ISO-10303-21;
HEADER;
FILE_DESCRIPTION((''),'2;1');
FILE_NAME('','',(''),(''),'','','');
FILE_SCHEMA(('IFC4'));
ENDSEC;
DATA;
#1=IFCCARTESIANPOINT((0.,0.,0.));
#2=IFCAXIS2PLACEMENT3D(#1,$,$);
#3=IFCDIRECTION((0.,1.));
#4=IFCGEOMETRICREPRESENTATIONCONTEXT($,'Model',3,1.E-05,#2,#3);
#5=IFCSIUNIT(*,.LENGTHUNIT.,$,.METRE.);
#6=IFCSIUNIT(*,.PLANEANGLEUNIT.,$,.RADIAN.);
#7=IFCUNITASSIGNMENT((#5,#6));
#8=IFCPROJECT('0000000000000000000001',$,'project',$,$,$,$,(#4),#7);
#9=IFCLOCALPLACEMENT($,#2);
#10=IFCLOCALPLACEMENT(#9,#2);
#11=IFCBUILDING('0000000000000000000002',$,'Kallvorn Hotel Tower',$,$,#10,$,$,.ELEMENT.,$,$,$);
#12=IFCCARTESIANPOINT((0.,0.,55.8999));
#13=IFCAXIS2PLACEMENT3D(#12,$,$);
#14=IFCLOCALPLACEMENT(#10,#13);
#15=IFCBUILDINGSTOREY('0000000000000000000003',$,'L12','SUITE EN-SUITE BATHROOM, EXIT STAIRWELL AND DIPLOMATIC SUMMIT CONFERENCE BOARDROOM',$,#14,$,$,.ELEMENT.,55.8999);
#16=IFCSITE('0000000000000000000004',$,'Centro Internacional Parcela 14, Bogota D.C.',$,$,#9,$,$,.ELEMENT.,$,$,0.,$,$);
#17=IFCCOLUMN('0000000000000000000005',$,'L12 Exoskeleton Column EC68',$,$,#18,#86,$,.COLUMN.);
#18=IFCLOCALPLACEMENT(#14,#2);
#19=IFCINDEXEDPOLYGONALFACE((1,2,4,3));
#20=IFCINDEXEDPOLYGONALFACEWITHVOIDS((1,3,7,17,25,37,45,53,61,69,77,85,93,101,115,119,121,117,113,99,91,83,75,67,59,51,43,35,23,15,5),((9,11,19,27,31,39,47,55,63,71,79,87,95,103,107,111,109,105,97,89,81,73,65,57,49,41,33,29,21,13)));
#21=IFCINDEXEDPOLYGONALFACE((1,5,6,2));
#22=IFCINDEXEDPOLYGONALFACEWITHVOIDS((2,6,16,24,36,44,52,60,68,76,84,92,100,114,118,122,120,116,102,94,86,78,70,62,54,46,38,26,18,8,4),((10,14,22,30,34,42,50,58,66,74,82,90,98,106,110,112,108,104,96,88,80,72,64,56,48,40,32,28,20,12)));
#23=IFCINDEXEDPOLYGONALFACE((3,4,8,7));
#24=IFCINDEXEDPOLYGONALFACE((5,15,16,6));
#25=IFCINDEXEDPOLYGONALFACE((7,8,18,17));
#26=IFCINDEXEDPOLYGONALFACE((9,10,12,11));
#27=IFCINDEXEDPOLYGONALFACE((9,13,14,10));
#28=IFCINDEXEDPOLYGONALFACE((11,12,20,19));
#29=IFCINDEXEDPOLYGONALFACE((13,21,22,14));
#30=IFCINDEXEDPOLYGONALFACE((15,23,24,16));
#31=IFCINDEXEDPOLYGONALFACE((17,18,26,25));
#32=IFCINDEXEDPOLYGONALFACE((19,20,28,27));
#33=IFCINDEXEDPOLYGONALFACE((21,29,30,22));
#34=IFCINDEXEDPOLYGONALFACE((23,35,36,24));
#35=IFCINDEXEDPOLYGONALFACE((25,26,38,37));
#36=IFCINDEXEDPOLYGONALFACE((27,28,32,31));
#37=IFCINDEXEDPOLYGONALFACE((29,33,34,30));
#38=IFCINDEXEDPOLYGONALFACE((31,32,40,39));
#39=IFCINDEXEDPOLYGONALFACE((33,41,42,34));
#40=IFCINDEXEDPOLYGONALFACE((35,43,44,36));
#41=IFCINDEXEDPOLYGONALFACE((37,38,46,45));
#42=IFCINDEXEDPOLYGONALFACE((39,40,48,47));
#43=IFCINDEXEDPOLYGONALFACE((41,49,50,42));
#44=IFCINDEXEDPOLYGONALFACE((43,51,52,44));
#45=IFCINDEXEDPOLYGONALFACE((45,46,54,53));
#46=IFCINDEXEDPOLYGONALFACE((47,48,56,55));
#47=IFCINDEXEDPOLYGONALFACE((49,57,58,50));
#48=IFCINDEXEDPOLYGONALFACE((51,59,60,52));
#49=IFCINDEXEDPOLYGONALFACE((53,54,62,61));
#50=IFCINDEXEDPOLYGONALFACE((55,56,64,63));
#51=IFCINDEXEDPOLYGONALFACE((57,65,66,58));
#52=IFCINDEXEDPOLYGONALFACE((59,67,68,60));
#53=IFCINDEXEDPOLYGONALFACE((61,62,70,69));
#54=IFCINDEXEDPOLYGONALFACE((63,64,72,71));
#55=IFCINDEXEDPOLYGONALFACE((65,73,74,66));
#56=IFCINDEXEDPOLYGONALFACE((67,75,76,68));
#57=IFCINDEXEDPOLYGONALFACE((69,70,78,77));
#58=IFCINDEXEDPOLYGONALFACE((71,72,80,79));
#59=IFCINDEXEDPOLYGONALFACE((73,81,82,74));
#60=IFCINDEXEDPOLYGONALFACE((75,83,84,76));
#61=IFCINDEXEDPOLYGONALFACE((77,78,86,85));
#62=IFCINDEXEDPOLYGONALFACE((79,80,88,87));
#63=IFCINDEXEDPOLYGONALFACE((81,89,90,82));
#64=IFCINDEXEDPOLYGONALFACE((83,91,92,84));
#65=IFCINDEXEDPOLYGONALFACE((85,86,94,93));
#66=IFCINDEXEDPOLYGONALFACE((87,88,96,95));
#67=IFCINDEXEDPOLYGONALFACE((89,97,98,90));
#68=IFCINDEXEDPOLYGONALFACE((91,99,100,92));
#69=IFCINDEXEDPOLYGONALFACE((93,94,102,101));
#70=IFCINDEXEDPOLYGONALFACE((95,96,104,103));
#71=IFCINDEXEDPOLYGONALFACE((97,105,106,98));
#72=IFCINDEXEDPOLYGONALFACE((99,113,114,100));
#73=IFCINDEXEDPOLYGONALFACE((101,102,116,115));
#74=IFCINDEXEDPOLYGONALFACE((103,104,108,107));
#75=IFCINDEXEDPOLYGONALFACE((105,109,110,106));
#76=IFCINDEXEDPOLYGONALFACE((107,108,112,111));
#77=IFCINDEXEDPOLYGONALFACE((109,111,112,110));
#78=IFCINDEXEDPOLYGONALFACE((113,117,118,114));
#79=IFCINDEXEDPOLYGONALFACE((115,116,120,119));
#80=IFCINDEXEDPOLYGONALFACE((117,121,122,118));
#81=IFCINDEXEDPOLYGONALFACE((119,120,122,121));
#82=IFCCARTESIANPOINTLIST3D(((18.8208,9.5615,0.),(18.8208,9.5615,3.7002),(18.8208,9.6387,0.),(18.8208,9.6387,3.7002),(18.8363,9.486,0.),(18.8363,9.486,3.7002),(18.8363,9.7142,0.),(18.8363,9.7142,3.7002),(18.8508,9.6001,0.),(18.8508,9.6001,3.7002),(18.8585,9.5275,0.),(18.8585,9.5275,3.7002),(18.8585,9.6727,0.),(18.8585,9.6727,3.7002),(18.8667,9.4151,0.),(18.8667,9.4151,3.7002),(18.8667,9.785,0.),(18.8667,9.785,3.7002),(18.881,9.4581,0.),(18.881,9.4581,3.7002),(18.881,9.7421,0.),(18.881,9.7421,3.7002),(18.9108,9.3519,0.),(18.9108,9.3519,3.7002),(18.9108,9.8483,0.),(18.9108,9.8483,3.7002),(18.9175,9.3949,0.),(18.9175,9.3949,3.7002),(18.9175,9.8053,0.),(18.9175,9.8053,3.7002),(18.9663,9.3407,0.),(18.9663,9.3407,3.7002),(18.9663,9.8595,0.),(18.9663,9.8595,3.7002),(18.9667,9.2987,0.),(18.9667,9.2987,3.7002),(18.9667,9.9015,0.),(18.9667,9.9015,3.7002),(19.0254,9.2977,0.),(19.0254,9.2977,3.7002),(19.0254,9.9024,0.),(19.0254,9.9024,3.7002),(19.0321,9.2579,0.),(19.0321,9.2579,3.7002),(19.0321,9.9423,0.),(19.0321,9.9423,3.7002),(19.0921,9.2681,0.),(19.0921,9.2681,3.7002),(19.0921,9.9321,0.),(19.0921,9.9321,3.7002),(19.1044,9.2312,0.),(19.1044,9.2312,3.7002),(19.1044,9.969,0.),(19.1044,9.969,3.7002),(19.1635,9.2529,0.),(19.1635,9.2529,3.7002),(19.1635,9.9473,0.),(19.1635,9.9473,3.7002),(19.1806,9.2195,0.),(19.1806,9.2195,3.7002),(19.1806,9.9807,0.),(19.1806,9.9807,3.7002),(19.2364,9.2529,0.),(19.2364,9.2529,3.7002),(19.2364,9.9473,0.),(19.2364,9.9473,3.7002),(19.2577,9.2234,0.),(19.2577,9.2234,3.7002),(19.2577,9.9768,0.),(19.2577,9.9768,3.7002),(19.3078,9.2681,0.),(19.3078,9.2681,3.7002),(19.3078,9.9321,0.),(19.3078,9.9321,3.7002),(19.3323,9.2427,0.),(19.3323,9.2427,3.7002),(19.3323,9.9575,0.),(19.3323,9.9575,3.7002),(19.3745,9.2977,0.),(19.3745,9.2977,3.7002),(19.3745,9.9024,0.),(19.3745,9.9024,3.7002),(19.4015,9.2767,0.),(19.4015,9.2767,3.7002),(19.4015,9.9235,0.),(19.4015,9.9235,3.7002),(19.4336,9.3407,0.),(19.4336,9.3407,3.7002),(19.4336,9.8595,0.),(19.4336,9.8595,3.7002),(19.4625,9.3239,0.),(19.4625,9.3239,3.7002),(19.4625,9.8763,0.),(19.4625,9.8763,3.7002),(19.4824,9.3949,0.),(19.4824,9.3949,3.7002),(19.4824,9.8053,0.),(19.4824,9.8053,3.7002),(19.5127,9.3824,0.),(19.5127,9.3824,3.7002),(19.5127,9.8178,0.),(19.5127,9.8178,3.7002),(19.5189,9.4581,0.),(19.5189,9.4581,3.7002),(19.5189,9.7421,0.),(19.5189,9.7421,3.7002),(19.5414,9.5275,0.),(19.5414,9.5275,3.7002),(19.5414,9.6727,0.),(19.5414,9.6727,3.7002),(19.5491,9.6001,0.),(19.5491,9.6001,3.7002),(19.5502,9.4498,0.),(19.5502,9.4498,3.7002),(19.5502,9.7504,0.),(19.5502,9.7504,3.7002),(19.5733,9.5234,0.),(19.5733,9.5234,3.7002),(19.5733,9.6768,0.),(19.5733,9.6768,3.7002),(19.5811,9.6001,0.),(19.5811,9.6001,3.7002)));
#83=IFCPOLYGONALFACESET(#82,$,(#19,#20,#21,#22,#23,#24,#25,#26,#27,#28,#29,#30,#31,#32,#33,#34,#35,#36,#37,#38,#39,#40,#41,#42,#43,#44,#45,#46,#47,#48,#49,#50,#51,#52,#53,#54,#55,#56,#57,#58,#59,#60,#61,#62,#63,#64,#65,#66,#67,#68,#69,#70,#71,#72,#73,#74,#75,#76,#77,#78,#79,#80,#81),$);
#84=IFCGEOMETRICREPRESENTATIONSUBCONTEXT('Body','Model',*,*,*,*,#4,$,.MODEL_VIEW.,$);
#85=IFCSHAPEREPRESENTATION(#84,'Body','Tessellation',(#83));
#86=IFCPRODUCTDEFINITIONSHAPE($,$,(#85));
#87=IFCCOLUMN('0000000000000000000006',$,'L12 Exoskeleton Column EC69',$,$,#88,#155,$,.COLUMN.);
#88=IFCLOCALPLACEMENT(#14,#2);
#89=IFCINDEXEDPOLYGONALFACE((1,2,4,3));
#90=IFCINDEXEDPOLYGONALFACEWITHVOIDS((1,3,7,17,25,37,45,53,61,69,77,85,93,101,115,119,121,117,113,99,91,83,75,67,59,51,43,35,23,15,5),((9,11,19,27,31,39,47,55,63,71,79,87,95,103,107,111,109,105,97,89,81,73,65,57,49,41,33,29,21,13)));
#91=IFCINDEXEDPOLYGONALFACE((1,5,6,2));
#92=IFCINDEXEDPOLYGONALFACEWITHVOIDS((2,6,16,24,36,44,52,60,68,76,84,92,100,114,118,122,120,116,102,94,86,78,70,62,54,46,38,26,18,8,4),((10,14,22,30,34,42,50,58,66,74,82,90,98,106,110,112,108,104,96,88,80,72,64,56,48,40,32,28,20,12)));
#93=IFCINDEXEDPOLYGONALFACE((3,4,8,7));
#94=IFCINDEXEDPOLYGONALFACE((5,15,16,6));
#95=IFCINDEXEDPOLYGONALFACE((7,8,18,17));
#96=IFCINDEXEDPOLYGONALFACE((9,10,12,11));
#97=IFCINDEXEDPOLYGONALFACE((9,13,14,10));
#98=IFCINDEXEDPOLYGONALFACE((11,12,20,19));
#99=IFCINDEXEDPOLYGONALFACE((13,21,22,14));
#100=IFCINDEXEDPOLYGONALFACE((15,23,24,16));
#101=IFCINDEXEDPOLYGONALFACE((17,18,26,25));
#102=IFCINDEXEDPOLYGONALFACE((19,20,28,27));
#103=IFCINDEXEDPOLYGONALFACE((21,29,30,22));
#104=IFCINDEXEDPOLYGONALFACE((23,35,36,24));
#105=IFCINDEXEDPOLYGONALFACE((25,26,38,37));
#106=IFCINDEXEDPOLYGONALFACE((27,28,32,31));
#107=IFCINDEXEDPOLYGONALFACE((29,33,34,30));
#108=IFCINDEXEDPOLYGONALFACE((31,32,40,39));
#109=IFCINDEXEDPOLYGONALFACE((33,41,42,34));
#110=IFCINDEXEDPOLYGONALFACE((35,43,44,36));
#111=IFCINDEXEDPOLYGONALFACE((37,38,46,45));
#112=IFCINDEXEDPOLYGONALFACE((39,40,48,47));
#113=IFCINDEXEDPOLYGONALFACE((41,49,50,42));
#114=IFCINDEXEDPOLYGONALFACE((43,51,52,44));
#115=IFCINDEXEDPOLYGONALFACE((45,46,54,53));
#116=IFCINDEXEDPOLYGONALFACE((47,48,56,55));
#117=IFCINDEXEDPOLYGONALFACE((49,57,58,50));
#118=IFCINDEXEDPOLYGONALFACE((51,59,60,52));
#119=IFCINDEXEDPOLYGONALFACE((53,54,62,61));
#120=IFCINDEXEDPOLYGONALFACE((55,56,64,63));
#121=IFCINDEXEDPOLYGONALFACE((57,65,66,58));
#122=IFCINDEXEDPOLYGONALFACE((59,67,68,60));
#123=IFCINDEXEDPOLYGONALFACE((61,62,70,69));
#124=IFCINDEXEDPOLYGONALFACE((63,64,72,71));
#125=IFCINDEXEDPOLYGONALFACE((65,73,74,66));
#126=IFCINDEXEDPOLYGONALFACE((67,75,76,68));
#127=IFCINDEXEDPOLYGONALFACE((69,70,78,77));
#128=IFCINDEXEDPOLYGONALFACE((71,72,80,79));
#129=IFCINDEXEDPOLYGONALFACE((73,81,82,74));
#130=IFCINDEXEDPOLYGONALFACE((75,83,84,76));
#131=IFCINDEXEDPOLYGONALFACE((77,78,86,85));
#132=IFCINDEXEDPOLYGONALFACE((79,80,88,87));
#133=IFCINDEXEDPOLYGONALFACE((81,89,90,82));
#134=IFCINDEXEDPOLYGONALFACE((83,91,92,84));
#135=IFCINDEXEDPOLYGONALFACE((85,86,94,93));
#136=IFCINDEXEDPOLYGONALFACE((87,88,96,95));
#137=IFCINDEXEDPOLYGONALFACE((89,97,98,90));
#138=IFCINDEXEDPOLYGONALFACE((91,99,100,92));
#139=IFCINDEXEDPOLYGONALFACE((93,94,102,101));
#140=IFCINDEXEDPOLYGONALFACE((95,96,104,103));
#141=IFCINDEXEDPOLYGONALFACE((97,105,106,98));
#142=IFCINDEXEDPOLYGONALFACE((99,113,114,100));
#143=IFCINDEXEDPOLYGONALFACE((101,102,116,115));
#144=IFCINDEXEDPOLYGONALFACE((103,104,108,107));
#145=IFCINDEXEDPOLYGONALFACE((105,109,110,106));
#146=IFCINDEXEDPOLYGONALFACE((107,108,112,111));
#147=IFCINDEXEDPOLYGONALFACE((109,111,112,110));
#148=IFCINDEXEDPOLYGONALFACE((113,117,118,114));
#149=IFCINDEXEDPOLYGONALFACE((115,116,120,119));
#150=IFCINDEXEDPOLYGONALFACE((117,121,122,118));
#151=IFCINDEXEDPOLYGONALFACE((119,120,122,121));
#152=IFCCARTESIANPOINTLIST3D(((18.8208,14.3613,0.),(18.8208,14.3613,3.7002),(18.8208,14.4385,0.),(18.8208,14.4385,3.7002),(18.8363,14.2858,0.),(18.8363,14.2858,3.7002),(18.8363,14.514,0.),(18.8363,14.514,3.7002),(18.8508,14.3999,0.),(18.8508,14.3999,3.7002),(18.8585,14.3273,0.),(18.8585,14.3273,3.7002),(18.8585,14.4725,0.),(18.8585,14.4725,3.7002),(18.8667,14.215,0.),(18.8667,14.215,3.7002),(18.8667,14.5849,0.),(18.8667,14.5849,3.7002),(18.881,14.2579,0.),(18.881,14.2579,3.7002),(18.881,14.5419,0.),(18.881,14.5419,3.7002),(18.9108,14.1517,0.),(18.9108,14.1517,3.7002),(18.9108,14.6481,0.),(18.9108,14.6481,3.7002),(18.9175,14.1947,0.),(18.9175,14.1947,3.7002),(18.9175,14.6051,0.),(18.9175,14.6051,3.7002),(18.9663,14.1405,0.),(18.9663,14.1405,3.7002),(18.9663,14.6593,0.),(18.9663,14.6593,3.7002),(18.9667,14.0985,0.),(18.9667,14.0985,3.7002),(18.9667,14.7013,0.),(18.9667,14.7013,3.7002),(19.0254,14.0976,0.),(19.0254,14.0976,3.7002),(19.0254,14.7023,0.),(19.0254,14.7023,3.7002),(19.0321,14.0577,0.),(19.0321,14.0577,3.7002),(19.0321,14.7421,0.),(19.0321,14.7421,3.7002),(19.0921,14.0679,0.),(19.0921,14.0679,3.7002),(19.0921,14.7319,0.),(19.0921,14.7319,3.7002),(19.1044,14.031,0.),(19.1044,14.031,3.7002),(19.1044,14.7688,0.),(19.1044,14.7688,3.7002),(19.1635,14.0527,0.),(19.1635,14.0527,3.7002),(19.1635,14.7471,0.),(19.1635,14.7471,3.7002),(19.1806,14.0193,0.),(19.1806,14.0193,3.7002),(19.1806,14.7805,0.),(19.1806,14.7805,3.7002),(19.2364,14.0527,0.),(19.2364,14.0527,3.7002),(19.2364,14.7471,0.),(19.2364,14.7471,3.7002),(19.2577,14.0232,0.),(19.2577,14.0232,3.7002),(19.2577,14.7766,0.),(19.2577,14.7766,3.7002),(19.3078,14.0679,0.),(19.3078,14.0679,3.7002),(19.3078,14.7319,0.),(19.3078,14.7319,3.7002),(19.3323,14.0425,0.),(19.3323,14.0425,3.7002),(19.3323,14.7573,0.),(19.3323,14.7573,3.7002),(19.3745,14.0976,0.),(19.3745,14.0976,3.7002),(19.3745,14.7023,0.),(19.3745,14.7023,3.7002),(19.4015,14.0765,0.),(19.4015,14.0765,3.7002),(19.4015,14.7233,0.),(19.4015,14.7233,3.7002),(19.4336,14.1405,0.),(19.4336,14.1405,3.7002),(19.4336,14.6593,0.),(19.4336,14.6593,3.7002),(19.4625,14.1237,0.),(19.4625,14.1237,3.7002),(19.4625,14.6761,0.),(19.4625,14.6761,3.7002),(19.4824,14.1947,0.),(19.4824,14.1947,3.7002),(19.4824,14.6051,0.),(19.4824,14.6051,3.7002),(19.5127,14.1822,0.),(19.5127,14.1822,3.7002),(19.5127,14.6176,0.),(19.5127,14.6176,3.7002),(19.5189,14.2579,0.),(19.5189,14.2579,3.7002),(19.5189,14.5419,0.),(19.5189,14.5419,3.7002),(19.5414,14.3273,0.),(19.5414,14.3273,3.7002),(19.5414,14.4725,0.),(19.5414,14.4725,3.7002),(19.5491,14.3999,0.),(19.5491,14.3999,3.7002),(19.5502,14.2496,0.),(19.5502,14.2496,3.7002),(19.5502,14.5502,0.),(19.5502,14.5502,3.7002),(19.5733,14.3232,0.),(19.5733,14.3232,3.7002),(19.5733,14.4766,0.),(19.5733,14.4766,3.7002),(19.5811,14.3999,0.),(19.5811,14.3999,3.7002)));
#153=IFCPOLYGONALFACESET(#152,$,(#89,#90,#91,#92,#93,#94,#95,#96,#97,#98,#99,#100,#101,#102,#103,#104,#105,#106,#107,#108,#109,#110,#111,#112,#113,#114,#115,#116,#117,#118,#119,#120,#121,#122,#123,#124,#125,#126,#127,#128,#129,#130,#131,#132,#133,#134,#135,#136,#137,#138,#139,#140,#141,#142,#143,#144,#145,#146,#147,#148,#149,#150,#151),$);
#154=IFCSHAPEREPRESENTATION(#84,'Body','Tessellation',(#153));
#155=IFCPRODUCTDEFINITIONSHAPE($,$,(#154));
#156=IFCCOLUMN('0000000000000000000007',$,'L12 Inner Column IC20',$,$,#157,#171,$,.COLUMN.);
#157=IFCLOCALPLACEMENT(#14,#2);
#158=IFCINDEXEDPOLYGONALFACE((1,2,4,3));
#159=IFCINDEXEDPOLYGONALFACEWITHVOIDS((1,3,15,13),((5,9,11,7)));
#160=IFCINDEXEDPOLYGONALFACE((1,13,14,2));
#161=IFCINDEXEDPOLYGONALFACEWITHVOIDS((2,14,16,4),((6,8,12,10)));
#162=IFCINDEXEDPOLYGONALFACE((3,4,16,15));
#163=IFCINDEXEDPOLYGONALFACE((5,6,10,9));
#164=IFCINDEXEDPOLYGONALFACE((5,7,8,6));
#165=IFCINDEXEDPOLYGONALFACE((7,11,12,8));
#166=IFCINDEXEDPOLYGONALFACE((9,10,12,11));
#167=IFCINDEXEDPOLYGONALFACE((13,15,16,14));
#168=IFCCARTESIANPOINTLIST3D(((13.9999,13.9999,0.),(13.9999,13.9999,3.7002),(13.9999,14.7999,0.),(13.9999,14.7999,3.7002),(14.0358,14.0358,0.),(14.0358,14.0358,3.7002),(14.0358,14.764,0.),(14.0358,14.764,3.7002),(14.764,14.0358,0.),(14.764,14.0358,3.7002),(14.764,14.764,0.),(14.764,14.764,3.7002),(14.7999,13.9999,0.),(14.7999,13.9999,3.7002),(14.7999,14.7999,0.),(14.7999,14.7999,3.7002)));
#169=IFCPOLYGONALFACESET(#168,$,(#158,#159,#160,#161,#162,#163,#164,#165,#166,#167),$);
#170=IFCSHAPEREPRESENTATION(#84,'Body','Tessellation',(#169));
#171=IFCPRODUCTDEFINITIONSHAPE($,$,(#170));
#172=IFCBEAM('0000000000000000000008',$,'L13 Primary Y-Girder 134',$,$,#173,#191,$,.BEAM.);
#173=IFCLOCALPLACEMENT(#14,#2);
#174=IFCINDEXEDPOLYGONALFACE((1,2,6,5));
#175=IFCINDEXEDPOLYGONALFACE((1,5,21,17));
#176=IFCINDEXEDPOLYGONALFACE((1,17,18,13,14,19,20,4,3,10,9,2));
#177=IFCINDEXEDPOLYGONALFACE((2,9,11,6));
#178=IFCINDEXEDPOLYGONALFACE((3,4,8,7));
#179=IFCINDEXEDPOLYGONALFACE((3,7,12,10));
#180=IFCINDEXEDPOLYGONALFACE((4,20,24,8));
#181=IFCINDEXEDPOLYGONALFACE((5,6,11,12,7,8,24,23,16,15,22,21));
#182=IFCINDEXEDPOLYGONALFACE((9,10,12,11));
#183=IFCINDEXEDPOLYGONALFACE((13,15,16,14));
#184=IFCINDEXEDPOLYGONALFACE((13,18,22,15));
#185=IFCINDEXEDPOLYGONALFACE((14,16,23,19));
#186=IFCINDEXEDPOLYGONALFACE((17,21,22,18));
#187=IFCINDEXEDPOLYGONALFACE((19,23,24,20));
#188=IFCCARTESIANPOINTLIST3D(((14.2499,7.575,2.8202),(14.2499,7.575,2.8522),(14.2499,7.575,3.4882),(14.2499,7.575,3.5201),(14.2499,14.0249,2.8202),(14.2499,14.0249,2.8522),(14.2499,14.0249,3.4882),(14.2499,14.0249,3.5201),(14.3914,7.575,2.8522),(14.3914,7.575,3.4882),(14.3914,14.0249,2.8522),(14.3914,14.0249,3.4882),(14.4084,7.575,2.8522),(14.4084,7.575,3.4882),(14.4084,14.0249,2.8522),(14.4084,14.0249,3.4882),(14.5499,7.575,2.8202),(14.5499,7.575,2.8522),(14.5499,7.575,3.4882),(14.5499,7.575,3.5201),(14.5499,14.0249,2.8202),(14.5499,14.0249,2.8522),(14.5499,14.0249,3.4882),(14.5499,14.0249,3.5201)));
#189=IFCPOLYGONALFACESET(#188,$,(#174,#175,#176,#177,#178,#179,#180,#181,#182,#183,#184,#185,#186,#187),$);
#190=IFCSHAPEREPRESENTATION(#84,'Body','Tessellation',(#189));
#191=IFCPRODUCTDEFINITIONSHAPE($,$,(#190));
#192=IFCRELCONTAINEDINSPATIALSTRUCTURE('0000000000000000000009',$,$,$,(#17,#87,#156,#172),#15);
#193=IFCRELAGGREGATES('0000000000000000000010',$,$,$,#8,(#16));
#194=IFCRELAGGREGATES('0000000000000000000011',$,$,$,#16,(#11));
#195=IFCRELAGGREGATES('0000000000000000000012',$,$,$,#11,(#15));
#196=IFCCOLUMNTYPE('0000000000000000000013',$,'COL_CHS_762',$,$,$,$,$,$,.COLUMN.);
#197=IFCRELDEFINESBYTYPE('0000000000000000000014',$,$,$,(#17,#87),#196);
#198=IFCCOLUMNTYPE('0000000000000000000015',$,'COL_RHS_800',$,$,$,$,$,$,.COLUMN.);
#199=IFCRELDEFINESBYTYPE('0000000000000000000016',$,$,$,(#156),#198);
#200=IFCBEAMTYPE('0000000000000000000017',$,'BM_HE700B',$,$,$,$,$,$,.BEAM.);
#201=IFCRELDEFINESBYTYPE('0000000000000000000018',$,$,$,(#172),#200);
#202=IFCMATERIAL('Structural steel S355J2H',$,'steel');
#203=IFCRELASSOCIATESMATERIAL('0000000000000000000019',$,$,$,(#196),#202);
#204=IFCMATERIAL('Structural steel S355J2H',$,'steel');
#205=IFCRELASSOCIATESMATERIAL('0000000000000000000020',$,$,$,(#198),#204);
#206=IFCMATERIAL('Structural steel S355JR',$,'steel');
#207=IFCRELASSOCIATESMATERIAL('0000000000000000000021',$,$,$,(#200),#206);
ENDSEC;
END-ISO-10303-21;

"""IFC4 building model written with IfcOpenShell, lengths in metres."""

from ifc_helpers import new_model, si_unit, direction, frame, origin, origin_2d, place, context, subcontext, project, spatial, hollow_rectangle, hollow_circle, i_section, extrude, material, material_profile, profile_set, type_object, element, save


model = new_model("IFC4")

# Units and contexts
model_context = context("Model", 3, precision=1e-05, world=origin(), true_north=direction((0.0, 1.0)))
body_context = subcontext(model_context, "Body", "Model", "MODEL_VIEW")
ifc_project = project(units=[si_unit("LENGTHUNIT", "METRE"), si_unit("PLANEANGLEUNIT", "RADIAN")], contexts=[model_context])

# Site, building, storey
site_placement = place(None, origin())
site = spatial("IfcSite", under=ifc_project, at=site_placement, Name="Centro Internacional Parcela 14, Bogota D.C.", CompositionType="ELEMENT", RefElevation=0.0)
building_placement = place(site_placement, origin())
building = spatial("IfcBuilding", under=site, at=building_placement, Name="Kallvorn Hotel Tower", CompositionType="ELEMENT")
storey_placement = place(building_placement, frame((0.0, 0.0, 55.8999)))
storey = spatial("IfcBuildingStorey", under=building, at=storey_placement, Name="L12", Description="SUITE EN-SUITE BATHROOM, EXIT STAIRWELL AND DIPLOMATIC SUMMIT CONFERENCE BOARDROOM", CompositionType="ELEMENT", Elevation=55.8999)

# Columns
ifc_material_1 = material(Name="Structural steel S355J2H", Category="steel")
ifc_material_profile_1 = material_profile(ifc_material_1, hollow_circle(Radius=0.3811, WallThickness=0.032, at=origin_2d()), Name="CHS 762x32")
ifc_profile_set_1 = profile_set([ifc_material_profile_1], Name="Structural steel S355J2H")
column_type_1 = type_object("IfcColumnType", Name="COL_CHS_762", PredefinedType="COLUMN", material=ifc_profile_set_1)
for number, where, z_axis, x_axis, name in (
    (1, (19.2, 9.6001, 0.0), (0.0, 0.0, 1.0), (1.0, 0.0, 0.0), "L12 Exoskeleton Column EC68"),
    (2, (19.2, 14.3999, 0.0), (0.0, 0.0, 1.0), (1.0, 0.0, 0.0), "L12 Exoskeleton Column EC69"),
):
    element("IfcColumn", number, at=place(storey_placement, frame(where, z_axis=z_axis, x_axis=x_axis)), inside=storey, type_object=column_type_1, Name=name, PredefinedType="COLUMN", context=body_context, shape_type="SweptSolid", body=[
        extrude(hollow_circle(Radius=0.3811, WallThickness=0.032, at=origin_2d()), origin(), (0.0, 0.0, 1.0), 3.7002),
    ])
ifc_material_2 = material(Name="Structural steel S355J2H", Category="steel")
ifc_material_profile_2 = material_profile(ifc_material_2, hollow_rectangle(XDim=0.8, YDim=0.8, WallThickness=0.0359, at=origin_2d()), Name="RHS 800x800x36")
ifc_profile_set_2 = profile_set([ifc_material_profile_2], Name="Structural steel S355J2H")
column_type_2 = type_object("IfcColumnType", Name="COL_RHS_800", PredefinedType="COLUMN", material=ifc_profile_set_2)
column_placement = place(storey_placement, frame((14.3999, 14.3999, 0.0), z_axis=(0.0, 0.0, 1.0), x_axis=(1.0, 0.0, 0.0)))
element("IfcColumn", 3, at=column_placement, inside=storey, type_object=column_type_2, Name="L12 Inner Column IC20", PredefinedType="COLUMN", context=body_context, shape_type="SweptSolid", body=[
    extrude(hollow_rectangle(XDim=0.8, YDim=0.8, WallThickness=0.0359, at=origin_2d()), origin(), (0.0, 0.0, 1.0), 3.7002),
])

# Beam
ifc_material_3 = material(Name="Structural steel S355JR", Category="steel")
ifc_material_profile_3 = material_profile(ifc_material_3, i_section(OverallWidth=0.3, OverallDepth=0.7, WebThickness=0.0171, FlangeThickness=0.032, at=origin_2d()), Name="HE 700 B")
ifc_profile_set_3 = profile_set([ifc_material_profile_3], Name="Structural steel S355JR")
beam_type_1 = type_object("IfcBeamType", Name="BM_HE700B", PredefinedType="BEAM", material=ifc_profile_set_3)
beam_1_placement = place(storey_placement, frame((14.3999, 7.575, 3.1702), z_axis=(0.0, 1.0, 0.0), x_axis=(-1.0, 0.0, 0.0)))
element("IfcBeam", 4, at=beam_1_placement, inside=storey, type_object=beam_type_1, Name="L13 Primary Y-Girder 134", PredefinedType="BEAM", context=body_context, shape_type="SweptSolid", body=[
    extrude(i_section(OverallWidth=0.3, OverallDepth=0.7, WebThickness=0.0171, FlangeThickness=0.032, at=origin_2d()), origin(), (0.0, 0.0, 1.0), 6.45),
])

save(model, "model.ifc")
